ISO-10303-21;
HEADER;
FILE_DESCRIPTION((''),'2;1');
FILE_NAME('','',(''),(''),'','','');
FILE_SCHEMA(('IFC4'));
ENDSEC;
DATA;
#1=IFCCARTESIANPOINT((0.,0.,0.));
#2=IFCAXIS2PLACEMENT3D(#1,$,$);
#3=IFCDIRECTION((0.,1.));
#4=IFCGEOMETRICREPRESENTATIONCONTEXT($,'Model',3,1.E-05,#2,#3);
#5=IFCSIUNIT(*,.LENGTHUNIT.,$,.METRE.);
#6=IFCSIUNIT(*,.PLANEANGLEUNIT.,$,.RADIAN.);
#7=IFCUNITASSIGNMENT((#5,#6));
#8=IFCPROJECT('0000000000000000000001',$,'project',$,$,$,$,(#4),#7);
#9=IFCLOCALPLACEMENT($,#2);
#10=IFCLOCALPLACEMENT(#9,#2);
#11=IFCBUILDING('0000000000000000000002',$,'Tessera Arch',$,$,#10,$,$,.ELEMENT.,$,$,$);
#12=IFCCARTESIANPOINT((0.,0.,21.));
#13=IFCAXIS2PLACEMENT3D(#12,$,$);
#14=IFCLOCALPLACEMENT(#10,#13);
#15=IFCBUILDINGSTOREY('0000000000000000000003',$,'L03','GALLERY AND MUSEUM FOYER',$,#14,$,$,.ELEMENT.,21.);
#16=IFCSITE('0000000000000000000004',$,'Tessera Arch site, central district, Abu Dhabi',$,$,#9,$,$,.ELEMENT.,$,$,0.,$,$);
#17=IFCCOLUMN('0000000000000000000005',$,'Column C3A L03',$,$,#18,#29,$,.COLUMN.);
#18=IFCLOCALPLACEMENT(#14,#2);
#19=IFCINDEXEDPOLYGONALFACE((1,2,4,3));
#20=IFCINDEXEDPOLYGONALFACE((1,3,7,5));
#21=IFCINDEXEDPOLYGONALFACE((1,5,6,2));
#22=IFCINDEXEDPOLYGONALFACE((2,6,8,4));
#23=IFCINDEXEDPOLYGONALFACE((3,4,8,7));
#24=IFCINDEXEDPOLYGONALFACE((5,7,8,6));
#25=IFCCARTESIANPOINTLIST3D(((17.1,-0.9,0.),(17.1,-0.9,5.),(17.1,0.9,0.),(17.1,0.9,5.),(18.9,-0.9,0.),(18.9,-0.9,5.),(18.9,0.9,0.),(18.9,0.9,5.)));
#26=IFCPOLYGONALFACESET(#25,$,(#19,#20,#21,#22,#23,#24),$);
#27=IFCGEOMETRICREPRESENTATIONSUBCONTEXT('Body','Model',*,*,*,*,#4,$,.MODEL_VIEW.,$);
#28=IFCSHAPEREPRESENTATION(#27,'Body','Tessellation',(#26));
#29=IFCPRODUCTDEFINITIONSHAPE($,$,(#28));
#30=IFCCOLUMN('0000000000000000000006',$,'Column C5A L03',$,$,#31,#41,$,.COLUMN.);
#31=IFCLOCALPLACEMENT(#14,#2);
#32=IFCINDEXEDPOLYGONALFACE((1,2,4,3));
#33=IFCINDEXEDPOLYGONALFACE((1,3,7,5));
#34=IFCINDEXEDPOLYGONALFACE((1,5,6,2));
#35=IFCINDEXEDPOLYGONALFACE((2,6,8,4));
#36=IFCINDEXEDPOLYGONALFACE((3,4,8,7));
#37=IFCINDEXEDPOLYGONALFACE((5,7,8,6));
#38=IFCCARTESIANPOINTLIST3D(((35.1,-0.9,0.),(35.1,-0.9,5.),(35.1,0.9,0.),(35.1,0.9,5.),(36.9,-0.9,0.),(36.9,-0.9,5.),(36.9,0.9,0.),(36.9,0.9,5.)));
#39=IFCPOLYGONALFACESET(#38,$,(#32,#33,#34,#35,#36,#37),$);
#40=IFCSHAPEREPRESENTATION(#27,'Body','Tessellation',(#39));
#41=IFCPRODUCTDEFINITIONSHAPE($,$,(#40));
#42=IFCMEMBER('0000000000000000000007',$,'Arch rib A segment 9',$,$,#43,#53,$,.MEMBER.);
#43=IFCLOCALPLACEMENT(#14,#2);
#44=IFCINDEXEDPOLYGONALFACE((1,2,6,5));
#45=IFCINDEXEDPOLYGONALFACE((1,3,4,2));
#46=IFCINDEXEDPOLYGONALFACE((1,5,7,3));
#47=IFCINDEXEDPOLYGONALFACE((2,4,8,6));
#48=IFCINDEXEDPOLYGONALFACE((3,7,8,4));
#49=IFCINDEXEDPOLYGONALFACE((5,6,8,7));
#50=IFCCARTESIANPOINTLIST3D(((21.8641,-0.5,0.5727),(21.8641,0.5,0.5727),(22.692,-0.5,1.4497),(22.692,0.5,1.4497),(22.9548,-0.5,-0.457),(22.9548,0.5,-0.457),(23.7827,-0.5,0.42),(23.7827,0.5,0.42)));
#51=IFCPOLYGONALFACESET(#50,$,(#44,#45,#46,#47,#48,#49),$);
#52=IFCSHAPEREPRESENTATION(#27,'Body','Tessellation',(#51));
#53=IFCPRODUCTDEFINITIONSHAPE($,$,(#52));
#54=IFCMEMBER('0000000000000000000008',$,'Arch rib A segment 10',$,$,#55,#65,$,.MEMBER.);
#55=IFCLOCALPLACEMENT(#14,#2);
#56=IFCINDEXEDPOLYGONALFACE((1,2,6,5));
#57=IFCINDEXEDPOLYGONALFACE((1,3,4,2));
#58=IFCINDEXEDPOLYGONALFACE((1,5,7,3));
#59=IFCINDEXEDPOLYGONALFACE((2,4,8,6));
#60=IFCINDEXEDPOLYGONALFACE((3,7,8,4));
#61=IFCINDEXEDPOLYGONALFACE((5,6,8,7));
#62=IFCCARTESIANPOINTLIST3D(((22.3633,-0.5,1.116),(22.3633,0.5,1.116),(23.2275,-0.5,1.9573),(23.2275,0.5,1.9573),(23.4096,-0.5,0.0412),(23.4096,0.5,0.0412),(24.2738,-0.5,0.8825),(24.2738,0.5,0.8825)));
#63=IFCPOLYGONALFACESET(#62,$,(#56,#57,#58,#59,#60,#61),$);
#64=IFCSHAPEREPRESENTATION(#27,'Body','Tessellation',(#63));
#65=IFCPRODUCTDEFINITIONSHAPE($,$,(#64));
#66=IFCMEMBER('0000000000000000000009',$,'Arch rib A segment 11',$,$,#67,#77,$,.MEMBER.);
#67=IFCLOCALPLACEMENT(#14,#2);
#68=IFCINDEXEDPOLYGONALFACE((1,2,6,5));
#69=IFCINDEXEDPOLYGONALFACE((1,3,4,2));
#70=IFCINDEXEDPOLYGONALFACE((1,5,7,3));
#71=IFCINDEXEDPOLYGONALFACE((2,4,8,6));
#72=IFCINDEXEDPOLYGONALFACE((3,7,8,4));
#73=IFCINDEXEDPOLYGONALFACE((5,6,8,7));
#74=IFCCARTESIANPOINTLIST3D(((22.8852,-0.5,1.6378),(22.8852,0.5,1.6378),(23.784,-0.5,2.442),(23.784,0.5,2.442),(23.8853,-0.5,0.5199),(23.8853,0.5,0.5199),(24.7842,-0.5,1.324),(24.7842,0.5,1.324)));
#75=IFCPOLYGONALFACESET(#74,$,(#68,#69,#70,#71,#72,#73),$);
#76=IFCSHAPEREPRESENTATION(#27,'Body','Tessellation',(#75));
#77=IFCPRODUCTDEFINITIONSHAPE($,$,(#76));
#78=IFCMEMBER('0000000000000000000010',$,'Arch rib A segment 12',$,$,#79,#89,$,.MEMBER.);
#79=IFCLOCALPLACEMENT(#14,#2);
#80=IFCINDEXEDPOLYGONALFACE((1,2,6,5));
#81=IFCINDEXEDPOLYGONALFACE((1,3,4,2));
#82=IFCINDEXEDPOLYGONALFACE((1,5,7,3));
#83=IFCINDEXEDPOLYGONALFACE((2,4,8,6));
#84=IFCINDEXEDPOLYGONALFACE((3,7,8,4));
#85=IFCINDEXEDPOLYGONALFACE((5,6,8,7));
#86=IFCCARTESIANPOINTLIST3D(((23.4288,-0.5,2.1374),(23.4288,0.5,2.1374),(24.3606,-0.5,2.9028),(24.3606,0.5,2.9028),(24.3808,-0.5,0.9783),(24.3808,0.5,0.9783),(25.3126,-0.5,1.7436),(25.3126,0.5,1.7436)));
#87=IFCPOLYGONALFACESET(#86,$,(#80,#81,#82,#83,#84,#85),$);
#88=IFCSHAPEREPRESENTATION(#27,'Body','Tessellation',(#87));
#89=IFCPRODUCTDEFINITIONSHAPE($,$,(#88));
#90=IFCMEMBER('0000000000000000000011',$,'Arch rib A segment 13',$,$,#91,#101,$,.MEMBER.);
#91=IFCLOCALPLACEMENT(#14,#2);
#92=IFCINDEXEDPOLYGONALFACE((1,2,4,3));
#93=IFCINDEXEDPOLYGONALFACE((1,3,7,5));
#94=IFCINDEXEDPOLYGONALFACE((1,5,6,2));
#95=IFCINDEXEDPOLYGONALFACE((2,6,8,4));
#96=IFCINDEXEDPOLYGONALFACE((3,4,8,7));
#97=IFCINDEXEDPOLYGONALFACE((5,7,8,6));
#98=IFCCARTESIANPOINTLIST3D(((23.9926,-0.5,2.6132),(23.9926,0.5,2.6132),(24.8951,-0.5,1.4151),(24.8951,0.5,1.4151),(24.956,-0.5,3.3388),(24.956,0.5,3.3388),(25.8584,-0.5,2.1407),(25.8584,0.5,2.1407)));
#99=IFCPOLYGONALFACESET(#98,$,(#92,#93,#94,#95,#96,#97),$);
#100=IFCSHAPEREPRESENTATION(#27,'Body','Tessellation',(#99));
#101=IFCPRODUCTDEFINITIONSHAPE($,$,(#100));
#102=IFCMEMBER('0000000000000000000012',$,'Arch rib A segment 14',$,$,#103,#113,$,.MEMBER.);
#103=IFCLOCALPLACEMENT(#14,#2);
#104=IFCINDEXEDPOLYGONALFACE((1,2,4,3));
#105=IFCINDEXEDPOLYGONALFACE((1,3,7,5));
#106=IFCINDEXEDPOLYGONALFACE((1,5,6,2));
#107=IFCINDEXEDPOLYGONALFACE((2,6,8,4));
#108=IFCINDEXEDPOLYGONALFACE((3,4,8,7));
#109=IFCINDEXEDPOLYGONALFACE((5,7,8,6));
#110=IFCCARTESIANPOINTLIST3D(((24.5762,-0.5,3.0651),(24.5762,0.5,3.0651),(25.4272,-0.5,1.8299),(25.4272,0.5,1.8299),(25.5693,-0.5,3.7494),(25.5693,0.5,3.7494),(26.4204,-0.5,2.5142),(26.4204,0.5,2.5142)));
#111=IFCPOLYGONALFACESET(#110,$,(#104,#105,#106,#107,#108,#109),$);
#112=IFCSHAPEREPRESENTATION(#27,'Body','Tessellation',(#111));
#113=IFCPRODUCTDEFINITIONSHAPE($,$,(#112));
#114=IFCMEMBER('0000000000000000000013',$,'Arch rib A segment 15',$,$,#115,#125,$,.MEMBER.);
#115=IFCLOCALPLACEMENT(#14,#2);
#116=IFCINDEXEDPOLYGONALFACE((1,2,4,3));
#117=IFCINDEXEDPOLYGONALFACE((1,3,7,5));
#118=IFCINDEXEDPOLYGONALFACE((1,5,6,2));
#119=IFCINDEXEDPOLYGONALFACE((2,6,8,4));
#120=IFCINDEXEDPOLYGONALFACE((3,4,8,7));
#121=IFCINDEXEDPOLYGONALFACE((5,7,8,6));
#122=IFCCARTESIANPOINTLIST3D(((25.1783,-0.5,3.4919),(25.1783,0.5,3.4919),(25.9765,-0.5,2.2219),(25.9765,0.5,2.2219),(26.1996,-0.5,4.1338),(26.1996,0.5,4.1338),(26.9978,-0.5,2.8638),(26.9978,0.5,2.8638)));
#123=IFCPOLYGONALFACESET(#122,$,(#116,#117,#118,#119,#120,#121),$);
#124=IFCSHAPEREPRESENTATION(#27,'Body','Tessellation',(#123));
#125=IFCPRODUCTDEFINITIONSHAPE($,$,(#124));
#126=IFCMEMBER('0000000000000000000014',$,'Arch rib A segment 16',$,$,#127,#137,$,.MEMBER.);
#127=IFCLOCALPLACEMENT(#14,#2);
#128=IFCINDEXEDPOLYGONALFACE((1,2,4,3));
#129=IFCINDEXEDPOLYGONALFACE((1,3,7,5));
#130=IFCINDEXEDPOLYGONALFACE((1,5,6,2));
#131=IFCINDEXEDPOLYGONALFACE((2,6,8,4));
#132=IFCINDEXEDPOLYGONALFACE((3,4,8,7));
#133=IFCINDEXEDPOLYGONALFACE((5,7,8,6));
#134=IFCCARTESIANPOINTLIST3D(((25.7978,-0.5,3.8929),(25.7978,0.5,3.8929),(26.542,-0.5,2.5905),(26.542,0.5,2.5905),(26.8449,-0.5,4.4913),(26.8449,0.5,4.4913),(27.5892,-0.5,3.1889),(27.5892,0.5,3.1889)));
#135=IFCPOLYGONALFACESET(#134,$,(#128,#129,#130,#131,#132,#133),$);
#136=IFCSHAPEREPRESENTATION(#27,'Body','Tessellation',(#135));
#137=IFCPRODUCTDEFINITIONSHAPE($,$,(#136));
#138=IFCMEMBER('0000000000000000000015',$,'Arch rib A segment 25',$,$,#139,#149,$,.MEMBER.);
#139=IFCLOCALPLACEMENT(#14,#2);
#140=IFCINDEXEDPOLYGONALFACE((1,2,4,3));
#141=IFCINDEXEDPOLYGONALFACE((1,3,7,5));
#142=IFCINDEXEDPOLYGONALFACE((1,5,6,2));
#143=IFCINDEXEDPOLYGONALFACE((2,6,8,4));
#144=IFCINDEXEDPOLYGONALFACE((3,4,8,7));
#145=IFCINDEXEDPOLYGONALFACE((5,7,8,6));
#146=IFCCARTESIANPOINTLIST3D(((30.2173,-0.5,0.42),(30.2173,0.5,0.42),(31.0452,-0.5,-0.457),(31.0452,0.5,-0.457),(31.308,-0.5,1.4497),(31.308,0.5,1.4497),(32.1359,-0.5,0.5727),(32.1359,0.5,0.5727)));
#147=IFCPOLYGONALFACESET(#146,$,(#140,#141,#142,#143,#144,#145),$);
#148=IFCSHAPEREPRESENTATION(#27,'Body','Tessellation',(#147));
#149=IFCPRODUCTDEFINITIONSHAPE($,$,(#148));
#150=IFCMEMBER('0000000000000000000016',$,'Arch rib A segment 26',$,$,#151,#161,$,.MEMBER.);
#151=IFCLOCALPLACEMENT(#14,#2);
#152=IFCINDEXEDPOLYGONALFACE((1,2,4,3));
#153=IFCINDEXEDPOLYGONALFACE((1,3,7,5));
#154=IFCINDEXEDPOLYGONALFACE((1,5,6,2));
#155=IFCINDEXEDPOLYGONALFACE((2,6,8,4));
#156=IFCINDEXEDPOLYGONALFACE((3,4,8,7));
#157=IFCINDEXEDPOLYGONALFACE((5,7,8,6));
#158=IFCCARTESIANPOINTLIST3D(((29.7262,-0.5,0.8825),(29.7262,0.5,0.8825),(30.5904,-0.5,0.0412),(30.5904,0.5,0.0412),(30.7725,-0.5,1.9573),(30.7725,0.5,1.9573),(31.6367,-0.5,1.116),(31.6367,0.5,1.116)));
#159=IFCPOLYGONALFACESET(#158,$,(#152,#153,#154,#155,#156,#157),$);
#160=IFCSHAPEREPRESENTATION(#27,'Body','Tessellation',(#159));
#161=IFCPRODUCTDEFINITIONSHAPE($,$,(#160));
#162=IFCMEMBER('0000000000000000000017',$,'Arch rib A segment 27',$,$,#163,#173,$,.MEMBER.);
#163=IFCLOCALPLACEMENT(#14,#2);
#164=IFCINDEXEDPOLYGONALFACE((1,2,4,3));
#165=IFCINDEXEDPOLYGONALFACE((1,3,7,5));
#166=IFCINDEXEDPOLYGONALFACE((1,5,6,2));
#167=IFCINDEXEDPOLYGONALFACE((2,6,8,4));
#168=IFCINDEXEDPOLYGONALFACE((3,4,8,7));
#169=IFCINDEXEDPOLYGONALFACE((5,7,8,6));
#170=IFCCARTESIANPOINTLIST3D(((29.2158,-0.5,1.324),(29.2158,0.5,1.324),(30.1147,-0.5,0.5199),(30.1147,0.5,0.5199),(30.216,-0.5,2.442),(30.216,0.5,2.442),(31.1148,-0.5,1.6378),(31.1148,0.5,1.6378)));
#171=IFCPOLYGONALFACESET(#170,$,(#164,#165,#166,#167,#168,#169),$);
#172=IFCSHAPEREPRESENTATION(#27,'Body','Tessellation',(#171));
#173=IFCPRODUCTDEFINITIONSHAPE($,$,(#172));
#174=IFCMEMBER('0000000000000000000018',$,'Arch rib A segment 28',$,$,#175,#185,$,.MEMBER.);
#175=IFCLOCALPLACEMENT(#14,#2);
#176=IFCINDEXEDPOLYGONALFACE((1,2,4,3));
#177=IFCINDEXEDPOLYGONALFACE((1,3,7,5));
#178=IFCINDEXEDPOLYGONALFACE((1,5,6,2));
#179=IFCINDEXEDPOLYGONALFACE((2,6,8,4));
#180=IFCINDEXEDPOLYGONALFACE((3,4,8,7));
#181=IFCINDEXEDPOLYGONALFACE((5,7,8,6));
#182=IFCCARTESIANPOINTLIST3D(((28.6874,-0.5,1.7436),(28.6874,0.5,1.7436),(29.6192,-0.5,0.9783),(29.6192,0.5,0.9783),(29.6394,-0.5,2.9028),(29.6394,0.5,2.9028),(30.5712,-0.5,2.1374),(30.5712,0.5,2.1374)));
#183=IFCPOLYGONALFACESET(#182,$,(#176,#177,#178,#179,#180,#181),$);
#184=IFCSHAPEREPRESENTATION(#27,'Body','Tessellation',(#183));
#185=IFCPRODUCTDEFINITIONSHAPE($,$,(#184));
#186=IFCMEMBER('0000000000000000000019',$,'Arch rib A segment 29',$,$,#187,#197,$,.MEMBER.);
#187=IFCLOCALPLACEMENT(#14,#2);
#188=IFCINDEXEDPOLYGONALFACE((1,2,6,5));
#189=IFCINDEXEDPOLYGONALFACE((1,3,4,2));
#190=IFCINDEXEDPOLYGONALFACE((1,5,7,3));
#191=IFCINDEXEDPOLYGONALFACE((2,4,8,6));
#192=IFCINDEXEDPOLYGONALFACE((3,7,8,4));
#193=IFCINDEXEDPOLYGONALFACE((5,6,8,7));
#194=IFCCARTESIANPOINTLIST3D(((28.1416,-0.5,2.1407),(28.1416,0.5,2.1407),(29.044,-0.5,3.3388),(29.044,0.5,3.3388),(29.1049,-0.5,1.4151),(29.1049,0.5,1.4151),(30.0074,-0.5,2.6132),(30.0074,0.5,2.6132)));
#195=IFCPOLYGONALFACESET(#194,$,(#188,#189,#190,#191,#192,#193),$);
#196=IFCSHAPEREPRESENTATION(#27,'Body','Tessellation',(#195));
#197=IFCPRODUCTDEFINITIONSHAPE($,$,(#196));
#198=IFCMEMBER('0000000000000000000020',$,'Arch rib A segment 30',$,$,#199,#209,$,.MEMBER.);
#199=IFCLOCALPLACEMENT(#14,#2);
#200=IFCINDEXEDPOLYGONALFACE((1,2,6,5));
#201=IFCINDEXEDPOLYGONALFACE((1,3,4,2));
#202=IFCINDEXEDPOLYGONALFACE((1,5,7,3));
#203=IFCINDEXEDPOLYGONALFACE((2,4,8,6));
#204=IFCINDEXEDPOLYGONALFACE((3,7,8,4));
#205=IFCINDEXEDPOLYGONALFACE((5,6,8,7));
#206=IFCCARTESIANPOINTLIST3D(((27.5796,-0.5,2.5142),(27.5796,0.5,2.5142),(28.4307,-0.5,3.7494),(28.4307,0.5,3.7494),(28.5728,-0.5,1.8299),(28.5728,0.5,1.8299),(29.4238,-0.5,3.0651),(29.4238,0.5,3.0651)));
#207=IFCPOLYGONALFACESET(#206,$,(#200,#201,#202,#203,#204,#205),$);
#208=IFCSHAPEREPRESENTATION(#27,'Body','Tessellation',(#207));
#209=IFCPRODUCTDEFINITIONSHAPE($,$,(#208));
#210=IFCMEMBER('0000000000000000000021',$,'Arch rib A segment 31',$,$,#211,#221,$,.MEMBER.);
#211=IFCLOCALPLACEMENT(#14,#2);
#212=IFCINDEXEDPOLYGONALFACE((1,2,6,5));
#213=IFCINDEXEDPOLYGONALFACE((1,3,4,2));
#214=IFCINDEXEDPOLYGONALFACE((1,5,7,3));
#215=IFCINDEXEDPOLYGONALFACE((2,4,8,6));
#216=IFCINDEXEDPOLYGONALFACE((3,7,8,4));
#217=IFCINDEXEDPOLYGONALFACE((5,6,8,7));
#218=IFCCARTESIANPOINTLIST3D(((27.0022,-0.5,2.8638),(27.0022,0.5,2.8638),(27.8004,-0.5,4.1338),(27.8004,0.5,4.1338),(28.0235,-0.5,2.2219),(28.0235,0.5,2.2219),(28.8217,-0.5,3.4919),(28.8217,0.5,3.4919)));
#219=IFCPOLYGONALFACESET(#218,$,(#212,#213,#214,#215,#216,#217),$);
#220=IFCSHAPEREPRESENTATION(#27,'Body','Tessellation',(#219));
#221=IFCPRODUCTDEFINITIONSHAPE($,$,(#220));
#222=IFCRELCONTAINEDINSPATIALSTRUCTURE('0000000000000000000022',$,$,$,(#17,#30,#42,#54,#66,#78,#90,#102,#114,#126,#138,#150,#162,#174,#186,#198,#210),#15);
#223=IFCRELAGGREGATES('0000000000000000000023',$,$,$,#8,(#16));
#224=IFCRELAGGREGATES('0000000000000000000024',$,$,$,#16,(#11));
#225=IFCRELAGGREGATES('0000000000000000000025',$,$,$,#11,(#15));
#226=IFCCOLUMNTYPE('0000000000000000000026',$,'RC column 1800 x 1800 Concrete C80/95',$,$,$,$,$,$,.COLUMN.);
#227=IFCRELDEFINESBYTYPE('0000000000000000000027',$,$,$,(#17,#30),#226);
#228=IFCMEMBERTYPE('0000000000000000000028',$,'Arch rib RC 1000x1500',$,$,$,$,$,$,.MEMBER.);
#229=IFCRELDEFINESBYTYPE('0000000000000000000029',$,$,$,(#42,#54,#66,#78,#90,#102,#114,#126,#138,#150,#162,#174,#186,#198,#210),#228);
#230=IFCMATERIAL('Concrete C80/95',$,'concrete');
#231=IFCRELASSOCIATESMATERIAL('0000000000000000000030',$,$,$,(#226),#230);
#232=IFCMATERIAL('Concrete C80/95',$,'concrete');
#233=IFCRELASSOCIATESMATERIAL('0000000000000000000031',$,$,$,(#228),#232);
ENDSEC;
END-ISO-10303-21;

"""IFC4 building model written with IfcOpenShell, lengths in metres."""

from ifc_helpers import new_model, si_unit, direction, frame, origin, origin_2d, place, context, subcontext, project, spatial, rectangle, extrude, material, material_profile, profile_set, type_object, element, save


model = new_model("IFC4")

# Units and contexts
model_context = context("Model", 3, precision=1e-05, world=origin(), true_north=direction((0.0, 1.0)))
body_context = subcontext(model_context, "Body", "Model", "MODEL_VIEW")
ifc_project = project(units=[si_unit("LENGTHUNIT", "METRE"), si_unit("PLANEANGLEUNIT", "RADIAN")], contexts=[model_context])

# Site, building, storey
site_placement = place(None, origin())
site = spatial("IfcSite", under=ifc_project, at=site_placement, Name="Tessera Arch site, central district, Abu Dhabi", CompositionType="ELEMENT", RefElevation=0.0)
building_placement = place(site_placement, origin())
building = spatial("IfcBuilding", under=site, at=building_placement, Name="Tessera Arch", CompositionType="ELEMENT")
storey_placement = place(building_placement, frame((0.0, 0.0, 21.0)))
storey = spatial("IfcBuildingStorey", under=building, at=storey_placement, Name="L03", Description="GALLERY AND MUSEUM FOYER", CompositionType="ELEMENT", Elevation=21.0)

# Columns
ifc_material_1 = material(Name="Concrete C80/95", Category="concrete")
ifc_material_profile_1 = material_profile(ifc_material_1, rectangle(XDim=1.8, YDim=1.8, at=origin_2d()), Name="RC column 1800 x 1800 Concrete C80/95")
ifc_profile_set_1 = profile_set([ifc_material_profile_1], Name="Concrete C80/95")
column_type = type_object("IfcColumnType", Name="RC column 1800 x 1800 Concrete C80/95", PredefinedType="COLUMN", material=ifc_profile_set_1)
for number, where, z_axis, x_axis, name in (
    (1, (18.0, 0.0, 0.0), (0.0, 0.0, 1.0), (1.0, 0.0, 0.0), "Column C3A L03"),
    (2, (36.0, 0.0, 0.0), (0.0, 0.0, 1.0), (1.0, 0.0, 0.0), "Column C5A L03"),
):
    element("IfcColumn", number, at=place(storey_placement, frame(where, z_axis=z_axis, x_axis=x_axis)), inside=storey, type_object=column_type, Name=name, PredefinedType="COLUMN", context=body_context, shape_type="SweptSolid", body=[
        extrude(rectangle(XDim=1.8, YDim=1.8, at=origin_2d()), origin(), (0.0, 0.0, 1.0), 5.0),
    ])

# Members
ifc_material_2 = material(Name="Concrete C80/95", Category="concrete")
ifc_material_profile_2 = material_profile(ifc_material_2, rectangle(XDim=1.0, YDim=1.5, at=origin_2d()), Name="RC 1000x1500")
ifc_profile_set_2 = profile_set([ifc_material_profile_2], Name="Concrete C80/95")
member_type_1 = type_object("IfcMemberType", Name="Arch rib RC 1000x1500", PredefinedType="MEMBER", material=ifc_profile_set_2)
for number, where, z_axis, x_axis, name in (
    (3, (22.4094, 0.0, 0.0579), (0.686469, 0.0, 0.727159), (0.0, 1.0, 0.0), "Arch rib A segment 9"),
    (4, (22.8865, 0.0, 0.5786), (0.716556, 0.0, 0.697529), (0.0, 1.0, 0.0), "Arch rib A segment 10"),
    (5, (23.3853, 0.0, 1.0789), (0.745284, 0.0, 0.666748), (0.0, 1.0, 0.0), "Arch rib A segment 11"),
):
    element("IfcMember", number, at=place(storey_placement, frame(where, z_axis=z_axis, x_axis=x_axis)), inside=storey, type_object=member_type_1, Name=name, PredefinedType="MEMBER", context=body_context, shape_type="SweptSolid", body=[
        extrude(rectangle(XDim=1.0, YDim=1.5, at=origin_2d()), origin(), (0.0, 0.0, 1.0), 1.2061),
    ])
member_1_placement = place(storey_placement, frame((23.9048, 0.0, 1.5579), z_axis=(0.772765, 0.0, 0.634692), x_axis=(0.0, 1.0, 0.0)))
element("IfcMember", 6, at=member_1_placement, inside=storey, type_object=member_type_1, Name="Arch rib A segment 12", PredefinedType="MEMBER", context=body_context, shape_type="SweptSolid", body=[
    extrude(rectangle(XDim=1.0, YDim=1.5, at=origin_2d()), origin(), (0.0, 0.0, 1.0), 1.2058),
])
for number, where, z_axis, x_axis, name in (
    (7, (24.4438, 0.0, 2.0142), (0.798784, 0.0, 0.601618), (0.0, 1.0, 0.0), "Arch rib A segment 13"),
    (8, (25.0017, 0.0, 2.4475), (0.823451, 0.0, 0.567388), (0.0, 1.0, 0.0), "Arch rib A segment 14"),
):
    element("IfcMember", number, at=place(storey_placement, frame(where, z_axis=z_axis, x_axis=x_axis)), inside=storey, type_object=member_type_1, Name=name, PredefinedType="MEMBER", context=body_context, shape_type="SweptSolid", body=[
        extrude(rectangle(XDim=1.0, YDim=1.5, at=origin_2d()), origin(), (0.0, 0.0, 1.0), 1.2061),
    ])
member_2_placement = place(storey_placement, frame((25.5774, 0.0, 2.8569), z_axis=(0.846665, 0.0, 0.532126), x_axis=(0.0, 1.0, 0.0)))
element("IfcMember", 9, at=member_2_placement, inside=storey, type_object=member_type_1, Name="Arch rib A segment 15", PredefinedType="MEMBER", context=body_context, shape_type="SweptSolid", body=[
    extrude(rectangle(XDim=1.0, YDim=1.5, at=origin_2d()), origin(), (0.0, 0.0, 1.0), 1.2063),
])
for number, where, z_axis, x_axis, name in (
    (10, (26.1699, 0.0, 3.2417), (0.868231, 0.0, 0.496161), (0.0, 1.0, 0.0), "Arch rib A segment 16"),
    (11, (31.5906, 0.0, 0.0579), (-0.686469, 0.0, 0.727159), (0.0, -1.0, 0.0), "Arch rib A segment 25"),
    (12, (31.1135, 0.0, 0.5786), (-0.716556, 0.0, 0.697529), (0.0, -1.0, 0.0), "Arch rib A segment 26"),
    (13, (30.6147, 0.0, 1.0789), (-0.745284, 0.0, 0.666748), (0.0, -1.0, 0.0), "Arch rib A segment 27"),
):
    element("IfcMember", number, at=place(storey_placement, frame(where, z_axis=z_axis, x_axis=x_axis)), inside=storey, type_object=member_type_1, Name=name, PredefinedType="MEMBER", context=body_context, shape_type="SweptSolid", body=[
        extrude(rectangle(XDim=1.0, YDim=1.5, at=origin_2d()), origin(), (0.0, 0.0, 1.0), 1.2061),
    ])
member_3_placement = place(storey_placement, frame((30.0952, 0.0, 1.5579), z_axis=(-0.772765, 0.0, 0.634692), x_axis=(0.0, -1.0, 0.0)))
element("IfcMember", 14, at=member_3_placement, inside=storey, type_object=member_type_1, Name="Arch rib A segment 28", PredefinedType="MEMBER", context=body_context, shape_type="SweptSolid", body=[
    extrude(rectangle(XDim=1.0, YDim=1.5, at=origin_2d()), origin(), (0.0, 0.0, 1.0), 1.2058),
])
for number, where, z_axis, x_axis, name in (
    (15, (29.5562, 0.0, 2.0142), (-0.798784, 0.0, 0.601618), (0.0, -1.0, 0.0), "Arch rib A segment 29"),
    (16, (28.9983, 0.0, 2.4475), (-0.823451, 0.0, 0.567388), (0.0, -1.0, 0.0), "Arch rib A segment 30"),
):
    element("IfcMember", number, at=place(storey_placement, frame(where, z_axis=z_axis, x_axis=x_axis)), inside=storey, type_object=member_type_1, Name=name, PredefinedType="MEMBER", context=body_context, shape_type="SweptSolid", body=[
        extrude(rectangle(XDim=1.0, YDim=1.5, at=origin_2d()), origin(), (0.0, 0.0, 1.0), 1.2061),
    ])
member_4_placement = place(storey_placement, frame((28.4226, 0.0, 2.8569), z_axis=(-0.846665, 0.0, 0.532126), x_axis=(0.0, -1.0, 0.0)))
element("IfcMember", 17, at=member_4_placement, inside=storey, type_object=member_type_1, Name="Arch rib A segment 31", PredefinedType="MEMBER", context=body_context, shape_type="SweptSolid", body=[
    extrude(rectangle(XDim=1.0, YDim=1.5, at=origin_2d()), origin(), (0.0, 0.0, 1.0), 1.2063),
])

save(model, "model.ifc")
